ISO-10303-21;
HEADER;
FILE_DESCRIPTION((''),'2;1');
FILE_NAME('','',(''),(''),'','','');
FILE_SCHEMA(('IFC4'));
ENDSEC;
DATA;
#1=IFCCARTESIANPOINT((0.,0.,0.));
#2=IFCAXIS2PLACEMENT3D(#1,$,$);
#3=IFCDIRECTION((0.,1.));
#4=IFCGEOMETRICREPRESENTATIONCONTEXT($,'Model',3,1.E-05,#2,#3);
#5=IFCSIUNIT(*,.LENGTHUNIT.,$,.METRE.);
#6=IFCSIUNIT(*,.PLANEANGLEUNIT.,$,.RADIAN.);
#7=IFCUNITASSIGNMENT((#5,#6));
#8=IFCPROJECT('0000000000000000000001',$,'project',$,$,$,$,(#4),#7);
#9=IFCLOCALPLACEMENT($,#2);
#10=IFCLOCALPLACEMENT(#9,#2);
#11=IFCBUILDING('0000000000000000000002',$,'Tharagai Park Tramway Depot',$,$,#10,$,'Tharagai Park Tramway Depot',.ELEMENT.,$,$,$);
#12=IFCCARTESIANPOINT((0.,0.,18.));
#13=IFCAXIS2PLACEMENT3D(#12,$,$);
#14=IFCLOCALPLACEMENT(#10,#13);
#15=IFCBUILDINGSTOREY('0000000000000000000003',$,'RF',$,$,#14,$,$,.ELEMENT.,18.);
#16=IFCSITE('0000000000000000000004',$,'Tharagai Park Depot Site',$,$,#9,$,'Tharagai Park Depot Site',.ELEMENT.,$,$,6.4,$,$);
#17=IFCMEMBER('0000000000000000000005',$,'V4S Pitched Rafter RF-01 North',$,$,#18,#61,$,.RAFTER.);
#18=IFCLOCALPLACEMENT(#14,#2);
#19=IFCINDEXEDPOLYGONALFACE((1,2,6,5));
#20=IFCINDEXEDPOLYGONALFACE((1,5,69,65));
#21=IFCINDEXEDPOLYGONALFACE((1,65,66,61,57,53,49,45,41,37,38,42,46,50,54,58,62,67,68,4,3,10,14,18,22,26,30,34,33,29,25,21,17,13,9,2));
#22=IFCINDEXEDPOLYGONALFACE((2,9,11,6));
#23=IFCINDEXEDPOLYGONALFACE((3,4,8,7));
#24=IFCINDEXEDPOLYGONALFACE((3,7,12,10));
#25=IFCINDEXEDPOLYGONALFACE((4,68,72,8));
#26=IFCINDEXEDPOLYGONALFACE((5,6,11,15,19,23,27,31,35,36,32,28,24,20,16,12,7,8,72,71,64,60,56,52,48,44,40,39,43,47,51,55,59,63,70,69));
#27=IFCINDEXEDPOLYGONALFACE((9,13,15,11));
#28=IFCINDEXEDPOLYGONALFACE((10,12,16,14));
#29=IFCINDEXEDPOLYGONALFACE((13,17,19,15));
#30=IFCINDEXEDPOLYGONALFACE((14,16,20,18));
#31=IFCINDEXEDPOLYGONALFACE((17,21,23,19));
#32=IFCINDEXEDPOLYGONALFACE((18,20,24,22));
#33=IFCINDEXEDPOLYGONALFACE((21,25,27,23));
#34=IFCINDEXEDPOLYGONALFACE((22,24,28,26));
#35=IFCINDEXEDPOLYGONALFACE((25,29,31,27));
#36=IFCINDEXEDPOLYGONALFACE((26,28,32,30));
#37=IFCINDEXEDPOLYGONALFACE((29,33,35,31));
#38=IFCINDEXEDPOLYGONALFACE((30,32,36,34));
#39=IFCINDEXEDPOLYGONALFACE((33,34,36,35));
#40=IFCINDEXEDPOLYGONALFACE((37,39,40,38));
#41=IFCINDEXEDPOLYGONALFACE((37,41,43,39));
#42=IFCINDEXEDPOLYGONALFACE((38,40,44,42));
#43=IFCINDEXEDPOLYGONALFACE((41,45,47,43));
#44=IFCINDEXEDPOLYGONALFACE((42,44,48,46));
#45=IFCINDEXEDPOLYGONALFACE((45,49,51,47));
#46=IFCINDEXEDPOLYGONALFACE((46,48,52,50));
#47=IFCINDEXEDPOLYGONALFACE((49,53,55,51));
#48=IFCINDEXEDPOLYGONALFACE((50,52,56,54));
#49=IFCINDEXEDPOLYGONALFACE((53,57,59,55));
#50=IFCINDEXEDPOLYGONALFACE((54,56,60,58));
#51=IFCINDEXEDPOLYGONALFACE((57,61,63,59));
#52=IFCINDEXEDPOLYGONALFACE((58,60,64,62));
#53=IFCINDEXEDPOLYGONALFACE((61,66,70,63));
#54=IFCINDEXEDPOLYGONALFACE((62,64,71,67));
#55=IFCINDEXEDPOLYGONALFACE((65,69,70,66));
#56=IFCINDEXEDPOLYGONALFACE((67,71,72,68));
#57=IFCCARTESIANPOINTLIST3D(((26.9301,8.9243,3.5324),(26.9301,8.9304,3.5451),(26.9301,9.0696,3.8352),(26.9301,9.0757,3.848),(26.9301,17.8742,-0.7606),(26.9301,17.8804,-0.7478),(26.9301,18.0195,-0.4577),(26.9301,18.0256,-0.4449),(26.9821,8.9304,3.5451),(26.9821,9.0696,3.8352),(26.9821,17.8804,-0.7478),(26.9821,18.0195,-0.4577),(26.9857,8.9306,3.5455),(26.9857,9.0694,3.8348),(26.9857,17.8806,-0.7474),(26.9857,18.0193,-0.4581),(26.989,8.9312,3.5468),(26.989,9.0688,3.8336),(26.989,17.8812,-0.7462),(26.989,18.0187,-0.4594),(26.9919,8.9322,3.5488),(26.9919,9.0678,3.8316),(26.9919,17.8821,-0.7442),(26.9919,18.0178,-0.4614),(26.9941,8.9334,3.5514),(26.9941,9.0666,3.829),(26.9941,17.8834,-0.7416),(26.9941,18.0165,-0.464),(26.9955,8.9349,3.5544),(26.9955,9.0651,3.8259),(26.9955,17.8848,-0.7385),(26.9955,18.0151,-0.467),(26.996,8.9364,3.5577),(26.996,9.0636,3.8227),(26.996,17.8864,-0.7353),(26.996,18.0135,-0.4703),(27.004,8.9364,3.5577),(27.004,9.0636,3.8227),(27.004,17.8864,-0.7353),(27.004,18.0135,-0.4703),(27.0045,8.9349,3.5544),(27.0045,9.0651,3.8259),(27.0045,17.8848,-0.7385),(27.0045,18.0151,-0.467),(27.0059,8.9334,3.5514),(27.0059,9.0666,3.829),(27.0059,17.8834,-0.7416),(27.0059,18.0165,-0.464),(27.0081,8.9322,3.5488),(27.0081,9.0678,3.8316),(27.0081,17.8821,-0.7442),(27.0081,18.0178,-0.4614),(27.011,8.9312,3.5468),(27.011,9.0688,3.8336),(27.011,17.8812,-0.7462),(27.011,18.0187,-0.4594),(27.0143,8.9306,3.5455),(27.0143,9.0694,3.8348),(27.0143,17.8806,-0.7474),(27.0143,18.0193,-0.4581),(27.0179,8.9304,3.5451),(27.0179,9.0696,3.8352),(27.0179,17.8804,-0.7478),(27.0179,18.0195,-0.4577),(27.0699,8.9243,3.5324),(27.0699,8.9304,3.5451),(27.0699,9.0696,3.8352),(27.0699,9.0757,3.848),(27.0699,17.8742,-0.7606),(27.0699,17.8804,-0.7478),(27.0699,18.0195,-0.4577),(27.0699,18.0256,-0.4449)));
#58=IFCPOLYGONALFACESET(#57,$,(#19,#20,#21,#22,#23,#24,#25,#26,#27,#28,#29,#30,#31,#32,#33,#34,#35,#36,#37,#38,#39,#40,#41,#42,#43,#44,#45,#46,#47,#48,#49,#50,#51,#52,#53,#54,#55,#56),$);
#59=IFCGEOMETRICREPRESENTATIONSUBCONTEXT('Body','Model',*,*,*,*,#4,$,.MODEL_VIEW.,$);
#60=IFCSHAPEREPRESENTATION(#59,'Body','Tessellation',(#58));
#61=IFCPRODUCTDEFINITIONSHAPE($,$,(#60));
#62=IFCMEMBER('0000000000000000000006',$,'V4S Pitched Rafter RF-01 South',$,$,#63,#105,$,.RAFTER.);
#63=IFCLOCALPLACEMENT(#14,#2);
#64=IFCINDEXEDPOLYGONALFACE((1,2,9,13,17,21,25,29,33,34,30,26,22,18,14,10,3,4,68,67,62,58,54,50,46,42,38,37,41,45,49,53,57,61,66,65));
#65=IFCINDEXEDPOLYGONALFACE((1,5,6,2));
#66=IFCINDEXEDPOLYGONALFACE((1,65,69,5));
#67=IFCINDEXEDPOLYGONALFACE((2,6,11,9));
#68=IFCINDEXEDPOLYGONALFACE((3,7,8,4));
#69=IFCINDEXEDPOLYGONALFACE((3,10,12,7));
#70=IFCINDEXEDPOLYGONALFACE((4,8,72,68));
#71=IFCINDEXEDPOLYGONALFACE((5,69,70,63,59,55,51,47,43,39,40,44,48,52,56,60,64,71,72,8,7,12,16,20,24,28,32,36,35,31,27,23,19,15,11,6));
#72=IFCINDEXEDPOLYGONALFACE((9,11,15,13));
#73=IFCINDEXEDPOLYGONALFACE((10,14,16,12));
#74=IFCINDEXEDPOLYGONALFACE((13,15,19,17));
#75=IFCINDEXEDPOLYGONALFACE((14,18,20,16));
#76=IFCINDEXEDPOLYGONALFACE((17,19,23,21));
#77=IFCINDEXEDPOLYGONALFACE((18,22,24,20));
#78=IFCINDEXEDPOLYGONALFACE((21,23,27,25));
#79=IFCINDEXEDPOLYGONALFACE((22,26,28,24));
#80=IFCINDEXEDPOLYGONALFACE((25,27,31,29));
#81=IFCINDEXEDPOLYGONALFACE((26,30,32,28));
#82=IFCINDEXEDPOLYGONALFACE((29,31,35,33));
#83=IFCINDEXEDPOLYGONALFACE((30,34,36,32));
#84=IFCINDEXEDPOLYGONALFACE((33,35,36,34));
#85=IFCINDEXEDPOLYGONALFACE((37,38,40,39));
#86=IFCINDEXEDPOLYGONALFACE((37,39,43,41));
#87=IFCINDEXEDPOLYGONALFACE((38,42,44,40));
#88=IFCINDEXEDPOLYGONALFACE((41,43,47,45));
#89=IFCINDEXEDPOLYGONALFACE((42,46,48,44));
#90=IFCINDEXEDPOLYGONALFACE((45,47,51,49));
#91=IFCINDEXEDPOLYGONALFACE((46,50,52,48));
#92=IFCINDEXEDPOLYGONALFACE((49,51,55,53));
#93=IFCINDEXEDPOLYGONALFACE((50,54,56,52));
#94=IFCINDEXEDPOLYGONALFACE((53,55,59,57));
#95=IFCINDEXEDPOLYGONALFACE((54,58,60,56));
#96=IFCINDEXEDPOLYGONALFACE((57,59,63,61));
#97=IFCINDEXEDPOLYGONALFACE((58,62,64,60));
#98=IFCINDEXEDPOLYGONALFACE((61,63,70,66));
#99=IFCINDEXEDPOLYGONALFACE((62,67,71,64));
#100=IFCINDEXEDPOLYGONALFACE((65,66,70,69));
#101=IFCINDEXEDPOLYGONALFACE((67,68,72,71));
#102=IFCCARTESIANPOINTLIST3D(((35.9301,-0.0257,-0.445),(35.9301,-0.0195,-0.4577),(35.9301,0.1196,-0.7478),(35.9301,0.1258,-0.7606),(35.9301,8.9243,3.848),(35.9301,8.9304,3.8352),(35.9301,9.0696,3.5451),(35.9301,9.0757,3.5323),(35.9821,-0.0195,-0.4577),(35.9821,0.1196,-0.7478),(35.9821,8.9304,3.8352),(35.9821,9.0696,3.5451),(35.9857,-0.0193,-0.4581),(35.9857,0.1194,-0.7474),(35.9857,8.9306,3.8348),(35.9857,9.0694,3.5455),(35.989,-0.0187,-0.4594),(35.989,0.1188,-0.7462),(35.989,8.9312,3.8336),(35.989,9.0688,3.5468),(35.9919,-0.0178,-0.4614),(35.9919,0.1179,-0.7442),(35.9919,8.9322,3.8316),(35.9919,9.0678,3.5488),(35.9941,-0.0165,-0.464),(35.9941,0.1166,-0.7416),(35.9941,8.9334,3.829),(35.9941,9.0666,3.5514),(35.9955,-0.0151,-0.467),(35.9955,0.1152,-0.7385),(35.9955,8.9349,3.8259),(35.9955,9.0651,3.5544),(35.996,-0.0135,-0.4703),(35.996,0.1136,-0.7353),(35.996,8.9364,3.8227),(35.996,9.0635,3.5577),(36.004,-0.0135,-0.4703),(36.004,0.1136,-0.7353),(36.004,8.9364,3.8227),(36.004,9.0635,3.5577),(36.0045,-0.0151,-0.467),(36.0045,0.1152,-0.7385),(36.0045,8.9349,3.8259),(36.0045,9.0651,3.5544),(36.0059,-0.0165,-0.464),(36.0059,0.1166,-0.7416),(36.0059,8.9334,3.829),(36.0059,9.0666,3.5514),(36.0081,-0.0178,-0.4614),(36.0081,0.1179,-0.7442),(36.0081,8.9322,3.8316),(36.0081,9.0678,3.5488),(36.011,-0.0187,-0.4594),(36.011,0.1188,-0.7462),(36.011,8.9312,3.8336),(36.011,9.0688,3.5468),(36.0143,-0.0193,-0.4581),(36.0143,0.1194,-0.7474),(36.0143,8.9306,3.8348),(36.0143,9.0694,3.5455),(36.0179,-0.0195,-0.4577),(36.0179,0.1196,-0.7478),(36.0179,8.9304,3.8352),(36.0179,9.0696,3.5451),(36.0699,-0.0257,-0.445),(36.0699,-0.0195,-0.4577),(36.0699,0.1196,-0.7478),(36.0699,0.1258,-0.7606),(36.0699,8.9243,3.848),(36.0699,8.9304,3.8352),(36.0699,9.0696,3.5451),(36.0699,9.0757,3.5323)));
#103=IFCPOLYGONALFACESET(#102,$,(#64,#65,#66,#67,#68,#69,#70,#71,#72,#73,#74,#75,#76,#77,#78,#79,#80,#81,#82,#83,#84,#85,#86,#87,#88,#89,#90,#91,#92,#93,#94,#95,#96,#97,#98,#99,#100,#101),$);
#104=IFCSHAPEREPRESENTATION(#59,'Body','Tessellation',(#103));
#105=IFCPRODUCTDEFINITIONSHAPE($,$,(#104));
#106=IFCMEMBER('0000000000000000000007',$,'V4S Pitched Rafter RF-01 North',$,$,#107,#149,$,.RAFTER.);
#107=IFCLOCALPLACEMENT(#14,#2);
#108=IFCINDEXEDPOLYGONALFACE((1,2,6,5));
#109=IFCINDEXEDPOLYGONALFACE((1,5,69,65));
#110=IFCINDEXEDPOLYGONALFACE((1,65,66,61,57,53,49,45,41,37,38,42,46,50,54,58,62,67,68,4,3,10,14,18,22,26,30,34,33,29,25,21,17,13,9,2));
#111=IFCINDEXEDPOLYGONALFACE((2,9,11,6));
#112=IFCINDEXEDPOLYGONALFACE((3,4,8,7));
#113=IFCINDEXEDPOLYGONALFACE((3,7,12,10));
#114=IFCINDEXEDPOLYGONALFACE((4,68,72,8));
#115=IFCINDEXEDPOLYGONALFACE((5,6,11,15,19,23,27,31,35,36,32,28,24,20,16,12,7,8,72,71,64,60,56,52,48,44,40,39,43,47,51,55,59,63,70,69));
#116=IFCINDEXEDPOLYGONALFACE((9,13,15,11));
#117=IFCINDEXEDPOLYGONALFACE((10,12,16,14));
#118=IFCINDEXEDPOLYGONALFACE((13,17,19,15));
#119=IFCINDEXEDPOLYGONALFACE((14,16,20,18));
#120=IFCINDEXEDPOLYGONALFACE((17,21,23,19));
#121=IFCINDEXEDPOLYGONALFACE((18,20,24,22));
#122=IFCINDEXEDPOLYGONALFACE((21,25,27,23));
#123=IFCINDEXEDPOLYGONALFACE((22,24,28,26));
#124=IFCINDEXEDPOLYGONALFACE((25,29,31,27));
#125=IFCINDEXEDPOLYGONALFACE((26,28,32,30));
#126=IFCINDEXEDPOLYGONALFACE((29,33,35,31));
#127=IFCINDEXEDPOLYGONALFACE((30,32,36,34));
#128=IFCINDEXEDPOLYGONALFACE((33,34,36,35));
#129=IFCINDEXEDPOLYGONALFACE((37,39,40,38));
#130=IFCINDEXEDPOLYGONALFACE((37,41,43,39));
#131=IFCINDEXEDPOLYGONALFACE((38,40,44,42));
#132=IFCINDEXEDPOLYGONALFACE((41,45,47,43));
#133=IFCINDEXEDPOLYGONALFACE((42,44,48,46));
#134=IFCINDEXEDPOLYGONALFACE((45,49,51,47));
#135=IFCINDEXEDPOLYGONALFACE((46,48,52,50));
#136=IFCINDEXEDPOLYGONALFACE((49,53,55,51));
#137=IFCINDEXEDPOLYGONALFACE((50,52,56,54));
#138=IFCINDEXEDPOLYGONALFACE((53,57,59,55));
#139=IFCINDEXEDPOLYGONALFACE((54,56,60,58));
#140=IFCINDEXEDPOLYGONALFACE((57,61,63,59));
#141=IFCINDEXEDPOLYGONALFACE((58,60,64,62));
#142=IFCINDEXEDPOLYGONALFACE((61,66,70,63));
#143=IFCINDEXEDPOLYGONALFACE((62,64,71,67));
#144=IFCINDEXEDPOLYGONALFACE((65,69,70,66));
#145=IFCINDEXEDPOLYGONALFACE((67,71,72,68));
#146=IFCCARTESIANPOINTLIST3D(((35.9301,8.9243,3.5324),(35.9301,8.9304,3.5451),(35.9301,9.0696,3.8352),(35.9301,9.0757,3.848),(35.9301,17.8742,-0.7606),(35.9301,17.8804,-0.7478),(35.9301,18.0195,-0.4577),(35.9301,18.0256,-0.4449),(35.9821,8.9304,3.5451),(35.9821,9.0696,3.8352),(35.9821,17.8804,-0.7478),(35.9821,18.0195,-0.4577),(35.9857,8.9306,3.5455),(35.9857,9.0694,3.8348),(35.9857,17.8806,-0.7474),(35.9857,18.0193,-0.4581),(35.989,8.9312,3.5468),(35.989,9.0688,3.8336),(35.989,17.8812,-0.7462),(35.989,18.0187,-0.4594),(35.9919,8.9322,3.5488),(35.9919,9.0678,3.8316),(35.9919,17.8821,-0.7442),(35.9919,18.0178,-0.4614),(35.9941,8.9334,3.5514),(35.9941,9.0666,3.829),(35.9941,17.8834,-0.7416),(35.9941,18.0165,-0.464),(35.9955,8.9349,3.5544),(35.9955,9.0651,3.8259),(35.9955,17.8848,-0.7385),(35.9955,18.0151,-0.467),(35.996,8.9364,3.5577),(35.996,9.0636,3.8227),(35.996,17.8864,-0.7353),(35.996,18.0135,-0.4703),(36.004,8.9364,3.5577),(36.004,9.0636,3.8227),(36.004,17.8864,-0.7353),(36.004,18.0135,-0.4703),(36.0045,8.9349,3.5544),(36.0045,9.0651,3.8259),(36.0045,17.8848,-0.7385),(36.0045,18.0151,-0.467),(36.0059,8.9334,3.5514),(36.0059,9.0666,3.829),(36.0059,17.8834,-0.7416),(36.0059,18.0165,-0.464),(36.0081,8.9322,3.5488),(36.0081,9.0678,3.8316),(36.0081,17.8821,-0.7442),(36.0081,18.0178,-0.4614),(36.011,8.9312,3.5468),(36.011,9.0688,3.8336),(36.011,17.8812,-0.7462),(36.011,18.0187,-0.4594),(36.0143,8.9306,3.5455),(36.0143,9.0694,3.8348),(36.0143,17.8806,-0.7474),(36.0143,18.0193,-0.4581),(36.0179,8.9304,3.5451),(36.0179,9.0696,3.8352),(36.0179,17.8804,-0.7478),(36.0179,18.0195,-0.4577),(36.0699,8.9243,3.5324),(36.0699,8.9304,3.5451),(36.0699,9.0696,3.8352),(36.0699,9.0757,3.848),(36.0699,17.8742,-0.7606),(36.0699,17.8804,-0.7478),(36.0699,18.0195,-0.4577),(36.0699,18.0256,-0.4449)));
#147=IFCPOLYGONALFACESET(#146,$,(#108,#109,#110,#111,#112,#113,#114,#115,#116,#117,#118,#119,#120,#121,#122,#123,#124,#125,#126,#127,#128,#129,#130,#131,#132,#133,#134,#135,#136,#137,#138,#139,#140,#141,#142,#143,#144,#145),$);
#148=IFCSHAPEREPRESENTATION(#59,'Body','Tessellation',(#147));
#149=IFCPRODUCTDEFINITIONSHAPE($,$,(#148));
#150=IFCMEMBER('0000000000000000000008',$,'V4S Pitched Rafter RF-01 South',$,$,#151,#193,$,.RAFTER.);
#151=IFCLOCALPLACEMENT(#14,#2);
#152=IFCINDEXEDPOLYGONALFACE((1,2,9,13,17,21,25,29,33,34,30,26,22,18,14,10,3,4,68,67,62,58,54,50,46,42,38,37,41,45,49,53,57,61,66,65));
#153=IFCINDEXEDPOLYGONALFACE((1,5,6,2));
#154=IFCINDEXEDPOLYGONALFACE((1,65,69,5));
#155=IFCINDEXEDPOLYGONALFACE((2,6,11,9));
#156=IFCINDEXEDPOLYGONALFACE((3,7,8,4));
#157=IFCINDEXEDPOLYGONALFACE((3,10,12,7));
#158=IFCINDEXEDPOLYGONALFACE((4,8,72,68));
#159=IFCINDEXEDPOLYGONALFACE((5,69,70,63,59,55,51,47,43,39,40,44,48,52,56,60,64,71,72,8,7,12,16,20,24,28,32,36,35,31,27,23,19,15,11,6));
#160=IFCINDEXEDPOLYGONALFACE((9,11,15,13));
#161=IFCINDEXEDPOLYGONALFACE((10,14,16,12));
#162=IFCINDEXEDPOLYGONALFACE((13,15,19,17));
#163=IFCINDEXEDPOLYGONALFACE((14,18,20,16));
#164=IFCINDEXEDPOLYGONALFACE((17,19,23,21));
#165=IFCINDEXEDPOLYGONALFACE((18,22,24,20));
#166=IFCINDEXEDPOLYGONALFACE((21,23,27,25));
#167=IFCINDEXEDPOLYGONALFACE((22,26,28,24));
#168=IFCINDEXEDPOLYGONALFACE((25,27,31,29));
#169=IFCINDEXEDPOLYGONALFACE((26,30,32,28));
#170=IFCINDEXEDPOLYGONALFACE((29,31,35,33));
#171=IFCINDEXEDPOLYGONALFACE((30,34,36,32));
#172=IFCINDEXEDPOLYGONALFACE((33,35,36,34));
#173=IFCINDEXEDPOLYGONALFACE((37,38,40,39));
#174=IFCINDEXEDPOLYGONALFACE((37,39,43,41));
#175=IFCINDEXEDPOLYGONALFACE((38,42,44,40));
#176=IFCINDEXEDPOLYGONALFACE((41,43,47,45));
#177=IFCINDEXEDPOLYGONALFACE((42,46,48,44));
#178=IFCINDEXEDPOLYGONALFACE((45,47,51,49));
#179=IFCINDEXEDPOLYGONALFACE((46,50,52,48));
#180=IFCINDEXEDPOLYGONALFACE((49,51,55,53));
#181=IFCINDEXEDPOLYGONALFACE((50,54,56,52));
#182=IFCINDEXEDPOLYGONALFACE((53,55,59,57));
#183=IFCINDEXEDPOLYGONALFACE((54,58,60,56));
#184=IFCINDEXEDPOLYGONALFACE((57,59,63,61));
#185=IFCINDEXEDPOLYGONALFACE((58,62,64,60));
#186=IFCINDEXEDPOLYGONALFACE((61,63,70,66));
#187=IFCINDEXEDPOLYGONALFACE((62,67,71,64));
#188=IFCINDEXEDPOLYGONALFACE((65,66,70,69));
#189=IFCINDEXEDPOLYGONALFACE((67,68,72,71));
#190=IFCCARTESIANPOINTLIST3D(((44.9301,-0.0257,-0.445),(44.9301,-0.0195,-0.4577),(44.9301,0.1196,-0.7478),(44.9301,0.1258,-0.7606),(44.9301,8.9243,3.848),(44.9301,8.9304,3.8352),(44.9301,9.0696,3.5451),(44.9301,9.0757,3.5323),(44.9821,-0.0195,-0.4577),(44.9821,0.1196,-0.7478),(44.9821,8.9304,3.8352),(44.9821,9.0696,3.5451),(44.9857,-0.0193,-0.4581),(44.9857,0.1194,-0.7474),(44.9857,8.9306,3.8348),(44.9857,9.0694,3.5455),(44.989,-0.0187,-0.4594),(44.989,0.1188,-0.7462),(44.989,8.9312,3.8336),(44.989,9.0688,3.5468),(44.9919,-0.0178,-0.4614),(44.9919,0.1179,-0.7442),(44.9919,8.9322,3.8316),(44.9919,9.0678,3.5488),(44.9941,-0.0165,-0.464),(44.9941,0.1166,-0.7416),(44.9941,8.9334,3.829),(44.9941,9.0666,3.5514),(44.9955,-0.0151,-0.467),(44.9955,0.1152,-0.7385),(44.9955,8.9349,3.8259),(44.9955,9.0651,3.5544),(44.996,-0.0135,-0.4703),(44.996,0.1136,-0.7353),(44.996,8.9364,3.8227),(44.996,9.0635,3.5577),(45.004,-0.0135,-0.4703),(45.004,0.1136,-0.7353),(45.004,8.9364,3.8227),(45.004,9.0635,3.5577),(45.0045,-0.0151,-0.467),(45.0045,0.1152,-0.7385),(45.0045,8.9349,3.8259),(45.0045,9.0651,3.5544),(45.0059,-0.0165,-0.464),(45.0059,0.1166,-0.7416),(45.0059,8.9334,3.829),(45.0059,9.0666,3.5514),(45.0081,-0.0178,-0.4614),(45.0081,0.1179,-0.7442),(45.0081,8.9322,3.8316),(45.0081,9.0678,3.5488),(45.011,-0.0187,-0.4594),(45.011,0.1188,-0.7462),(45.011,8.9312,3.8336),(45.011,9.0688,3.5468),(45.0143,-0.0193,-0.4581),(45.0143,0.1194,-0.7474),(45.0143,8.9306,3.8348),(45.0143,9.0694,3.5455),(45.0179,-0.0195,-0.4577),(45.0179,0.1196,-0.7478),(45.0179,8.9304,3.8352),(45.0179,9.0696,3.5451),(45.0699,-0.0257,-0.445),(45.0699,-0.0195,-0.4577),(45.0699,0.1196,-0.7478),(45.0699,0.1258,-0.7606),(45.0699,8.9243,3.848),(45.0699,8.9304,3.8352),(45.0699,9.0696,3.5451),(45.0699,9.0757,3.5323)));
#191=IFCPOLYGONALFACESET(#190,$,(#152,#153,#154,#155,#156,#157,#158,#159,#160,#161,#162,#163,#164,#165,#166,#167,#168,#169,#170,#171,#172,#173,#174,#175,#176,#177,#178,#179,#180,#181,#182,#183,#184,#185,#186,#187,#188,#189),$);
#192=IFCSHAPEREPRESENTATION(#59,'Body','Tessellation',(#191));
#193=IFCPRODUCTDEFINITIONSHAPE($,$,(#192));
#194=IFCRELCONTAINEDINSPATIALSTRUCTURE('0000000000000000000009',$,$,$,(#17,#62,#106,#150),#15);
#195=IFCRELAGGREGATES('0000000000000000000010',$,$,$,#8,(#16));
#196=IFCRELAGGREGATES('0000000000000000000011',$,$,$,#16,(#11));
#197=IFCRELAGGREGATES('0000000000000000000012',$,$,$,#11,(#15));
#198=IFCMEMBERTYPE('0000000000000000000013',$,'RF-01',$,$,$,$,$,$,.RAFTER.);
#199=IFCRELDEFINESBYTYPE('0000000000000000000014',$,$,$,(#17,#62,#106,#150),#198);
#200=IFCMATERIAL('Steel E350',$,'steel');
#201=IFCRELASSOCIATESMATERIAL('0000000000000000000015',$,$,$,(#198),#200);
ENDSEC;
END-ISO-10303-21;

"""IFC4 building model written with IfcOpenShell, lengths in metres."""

from ifc_helpers import new_model, si_unit, direction, frame, origin, origin_2d, place, context, subcontext, project, spatial, i_section, extrude, material, material_profile, profile_set, type_object, element, save


model = new_model("IFC4")

# Units and contexts
model_context = context("Model", 3, precision=1e-05, world=origin(), true_north=direction((0.0, 1.0)))
body_context = subcontext(model_context, "Body", "Model", "MODEL_VIEW")
ifc_project = project(units=[si_unit("LENGTHUNIT", "METRE"), si_unit("PLANEANGLEUNIT", "RADIAN")], contexts=[model_context])

# Site, building, storey
site_placement = place(None, origin())
site = spatial("IfcSite", under=ifc_project, at=site_placement, Name="Tharagai Park Depot Site", LongName="Tharagai Park Depot Site", CompositionType="ELEMENT", RefElevation=6.4)
building_placement = place(site_placement, origin())
building = spatial("IfcBuilding", under=site, at=building_placement, Name="Tharagai Park Tramway Depot", LongName="Tharagai Park Tramway Depot", CompositionType="ELEMENT")
storey_placement = place(building_placement, frame((0.0, 0.0, 18.0)))
storey = spatial("IfcBuildingStorey", under=building, at=storey_placement, Name="RF", CompositionType="ELEMENT", Elevation=18.0)

# Shared definitions
ifc_material_1 = material(Name="Steel E350", Category="steel")

# Members
ifc_material_profile_1 = material_profile(ifc_material_1, i_section(OverallWidth=0.1399, OverallDepth=0.3501, WebThickness=0.0081, FlangeThickness=0.0142, FilletRadius=0.0139, at=origin_2d()), Name="ISMB 350")
ifc_profile_set_1 = profile_set([ifc_material_profile_1], Name="Steel E350")
member_type_1 = type_object("IfcMemberType", Name="RF-01", PredefinedType="RAFTER", material=ifc_profile_set_1)
for number, where, z_axis, x_axis, name in (
    (1, (27.0, 9.0, 3.6902), (0.0, 0.901641, -0.432485), (-1.0, 0.0, 0.0), "V4S Pitched Rafter RF-01 North"),
    (2, (36.0, 0.05, -0.6028), (0.0, 0.901641, 0.432485), (-1.0, 0.0, 0.0), "V4S Pitched Rafter RF-01 South"),
    (3, (36.0, 9.0, 3.6902), (0.0, 0.901641, -0.432485), (-1.0, 0.0, 0.0), "V4S Pitched Rafter RF-01 North"),
    (4, (45.0, 0.05, -0.6028), (0.0, 0.901641, 0.432485), (-1.0, 0.0, 0.0), "V4S Pitched Rafter RF-01 South"),
):
    element("IfcMember", number, at=place(storey_placement, frame(where, z_axis=z_axis, x_axis=x_axis)), inside=storey, type_object=member_type_1, Name=name, PredefinedType="RAFTER", context=body_context, shape_type="SweptSolid", body=[
        extrude(i_section(OverallWidth=0.1399, OverallDepth=0.3501, WebThickness=0.0081, FlangeThickness=0.0142, FilletRadius=0.0139, at=origin_2d()), origin(), (0.0, 0.0, 1.0), 9.9263),
    ])

save(model, "model.ifc")
